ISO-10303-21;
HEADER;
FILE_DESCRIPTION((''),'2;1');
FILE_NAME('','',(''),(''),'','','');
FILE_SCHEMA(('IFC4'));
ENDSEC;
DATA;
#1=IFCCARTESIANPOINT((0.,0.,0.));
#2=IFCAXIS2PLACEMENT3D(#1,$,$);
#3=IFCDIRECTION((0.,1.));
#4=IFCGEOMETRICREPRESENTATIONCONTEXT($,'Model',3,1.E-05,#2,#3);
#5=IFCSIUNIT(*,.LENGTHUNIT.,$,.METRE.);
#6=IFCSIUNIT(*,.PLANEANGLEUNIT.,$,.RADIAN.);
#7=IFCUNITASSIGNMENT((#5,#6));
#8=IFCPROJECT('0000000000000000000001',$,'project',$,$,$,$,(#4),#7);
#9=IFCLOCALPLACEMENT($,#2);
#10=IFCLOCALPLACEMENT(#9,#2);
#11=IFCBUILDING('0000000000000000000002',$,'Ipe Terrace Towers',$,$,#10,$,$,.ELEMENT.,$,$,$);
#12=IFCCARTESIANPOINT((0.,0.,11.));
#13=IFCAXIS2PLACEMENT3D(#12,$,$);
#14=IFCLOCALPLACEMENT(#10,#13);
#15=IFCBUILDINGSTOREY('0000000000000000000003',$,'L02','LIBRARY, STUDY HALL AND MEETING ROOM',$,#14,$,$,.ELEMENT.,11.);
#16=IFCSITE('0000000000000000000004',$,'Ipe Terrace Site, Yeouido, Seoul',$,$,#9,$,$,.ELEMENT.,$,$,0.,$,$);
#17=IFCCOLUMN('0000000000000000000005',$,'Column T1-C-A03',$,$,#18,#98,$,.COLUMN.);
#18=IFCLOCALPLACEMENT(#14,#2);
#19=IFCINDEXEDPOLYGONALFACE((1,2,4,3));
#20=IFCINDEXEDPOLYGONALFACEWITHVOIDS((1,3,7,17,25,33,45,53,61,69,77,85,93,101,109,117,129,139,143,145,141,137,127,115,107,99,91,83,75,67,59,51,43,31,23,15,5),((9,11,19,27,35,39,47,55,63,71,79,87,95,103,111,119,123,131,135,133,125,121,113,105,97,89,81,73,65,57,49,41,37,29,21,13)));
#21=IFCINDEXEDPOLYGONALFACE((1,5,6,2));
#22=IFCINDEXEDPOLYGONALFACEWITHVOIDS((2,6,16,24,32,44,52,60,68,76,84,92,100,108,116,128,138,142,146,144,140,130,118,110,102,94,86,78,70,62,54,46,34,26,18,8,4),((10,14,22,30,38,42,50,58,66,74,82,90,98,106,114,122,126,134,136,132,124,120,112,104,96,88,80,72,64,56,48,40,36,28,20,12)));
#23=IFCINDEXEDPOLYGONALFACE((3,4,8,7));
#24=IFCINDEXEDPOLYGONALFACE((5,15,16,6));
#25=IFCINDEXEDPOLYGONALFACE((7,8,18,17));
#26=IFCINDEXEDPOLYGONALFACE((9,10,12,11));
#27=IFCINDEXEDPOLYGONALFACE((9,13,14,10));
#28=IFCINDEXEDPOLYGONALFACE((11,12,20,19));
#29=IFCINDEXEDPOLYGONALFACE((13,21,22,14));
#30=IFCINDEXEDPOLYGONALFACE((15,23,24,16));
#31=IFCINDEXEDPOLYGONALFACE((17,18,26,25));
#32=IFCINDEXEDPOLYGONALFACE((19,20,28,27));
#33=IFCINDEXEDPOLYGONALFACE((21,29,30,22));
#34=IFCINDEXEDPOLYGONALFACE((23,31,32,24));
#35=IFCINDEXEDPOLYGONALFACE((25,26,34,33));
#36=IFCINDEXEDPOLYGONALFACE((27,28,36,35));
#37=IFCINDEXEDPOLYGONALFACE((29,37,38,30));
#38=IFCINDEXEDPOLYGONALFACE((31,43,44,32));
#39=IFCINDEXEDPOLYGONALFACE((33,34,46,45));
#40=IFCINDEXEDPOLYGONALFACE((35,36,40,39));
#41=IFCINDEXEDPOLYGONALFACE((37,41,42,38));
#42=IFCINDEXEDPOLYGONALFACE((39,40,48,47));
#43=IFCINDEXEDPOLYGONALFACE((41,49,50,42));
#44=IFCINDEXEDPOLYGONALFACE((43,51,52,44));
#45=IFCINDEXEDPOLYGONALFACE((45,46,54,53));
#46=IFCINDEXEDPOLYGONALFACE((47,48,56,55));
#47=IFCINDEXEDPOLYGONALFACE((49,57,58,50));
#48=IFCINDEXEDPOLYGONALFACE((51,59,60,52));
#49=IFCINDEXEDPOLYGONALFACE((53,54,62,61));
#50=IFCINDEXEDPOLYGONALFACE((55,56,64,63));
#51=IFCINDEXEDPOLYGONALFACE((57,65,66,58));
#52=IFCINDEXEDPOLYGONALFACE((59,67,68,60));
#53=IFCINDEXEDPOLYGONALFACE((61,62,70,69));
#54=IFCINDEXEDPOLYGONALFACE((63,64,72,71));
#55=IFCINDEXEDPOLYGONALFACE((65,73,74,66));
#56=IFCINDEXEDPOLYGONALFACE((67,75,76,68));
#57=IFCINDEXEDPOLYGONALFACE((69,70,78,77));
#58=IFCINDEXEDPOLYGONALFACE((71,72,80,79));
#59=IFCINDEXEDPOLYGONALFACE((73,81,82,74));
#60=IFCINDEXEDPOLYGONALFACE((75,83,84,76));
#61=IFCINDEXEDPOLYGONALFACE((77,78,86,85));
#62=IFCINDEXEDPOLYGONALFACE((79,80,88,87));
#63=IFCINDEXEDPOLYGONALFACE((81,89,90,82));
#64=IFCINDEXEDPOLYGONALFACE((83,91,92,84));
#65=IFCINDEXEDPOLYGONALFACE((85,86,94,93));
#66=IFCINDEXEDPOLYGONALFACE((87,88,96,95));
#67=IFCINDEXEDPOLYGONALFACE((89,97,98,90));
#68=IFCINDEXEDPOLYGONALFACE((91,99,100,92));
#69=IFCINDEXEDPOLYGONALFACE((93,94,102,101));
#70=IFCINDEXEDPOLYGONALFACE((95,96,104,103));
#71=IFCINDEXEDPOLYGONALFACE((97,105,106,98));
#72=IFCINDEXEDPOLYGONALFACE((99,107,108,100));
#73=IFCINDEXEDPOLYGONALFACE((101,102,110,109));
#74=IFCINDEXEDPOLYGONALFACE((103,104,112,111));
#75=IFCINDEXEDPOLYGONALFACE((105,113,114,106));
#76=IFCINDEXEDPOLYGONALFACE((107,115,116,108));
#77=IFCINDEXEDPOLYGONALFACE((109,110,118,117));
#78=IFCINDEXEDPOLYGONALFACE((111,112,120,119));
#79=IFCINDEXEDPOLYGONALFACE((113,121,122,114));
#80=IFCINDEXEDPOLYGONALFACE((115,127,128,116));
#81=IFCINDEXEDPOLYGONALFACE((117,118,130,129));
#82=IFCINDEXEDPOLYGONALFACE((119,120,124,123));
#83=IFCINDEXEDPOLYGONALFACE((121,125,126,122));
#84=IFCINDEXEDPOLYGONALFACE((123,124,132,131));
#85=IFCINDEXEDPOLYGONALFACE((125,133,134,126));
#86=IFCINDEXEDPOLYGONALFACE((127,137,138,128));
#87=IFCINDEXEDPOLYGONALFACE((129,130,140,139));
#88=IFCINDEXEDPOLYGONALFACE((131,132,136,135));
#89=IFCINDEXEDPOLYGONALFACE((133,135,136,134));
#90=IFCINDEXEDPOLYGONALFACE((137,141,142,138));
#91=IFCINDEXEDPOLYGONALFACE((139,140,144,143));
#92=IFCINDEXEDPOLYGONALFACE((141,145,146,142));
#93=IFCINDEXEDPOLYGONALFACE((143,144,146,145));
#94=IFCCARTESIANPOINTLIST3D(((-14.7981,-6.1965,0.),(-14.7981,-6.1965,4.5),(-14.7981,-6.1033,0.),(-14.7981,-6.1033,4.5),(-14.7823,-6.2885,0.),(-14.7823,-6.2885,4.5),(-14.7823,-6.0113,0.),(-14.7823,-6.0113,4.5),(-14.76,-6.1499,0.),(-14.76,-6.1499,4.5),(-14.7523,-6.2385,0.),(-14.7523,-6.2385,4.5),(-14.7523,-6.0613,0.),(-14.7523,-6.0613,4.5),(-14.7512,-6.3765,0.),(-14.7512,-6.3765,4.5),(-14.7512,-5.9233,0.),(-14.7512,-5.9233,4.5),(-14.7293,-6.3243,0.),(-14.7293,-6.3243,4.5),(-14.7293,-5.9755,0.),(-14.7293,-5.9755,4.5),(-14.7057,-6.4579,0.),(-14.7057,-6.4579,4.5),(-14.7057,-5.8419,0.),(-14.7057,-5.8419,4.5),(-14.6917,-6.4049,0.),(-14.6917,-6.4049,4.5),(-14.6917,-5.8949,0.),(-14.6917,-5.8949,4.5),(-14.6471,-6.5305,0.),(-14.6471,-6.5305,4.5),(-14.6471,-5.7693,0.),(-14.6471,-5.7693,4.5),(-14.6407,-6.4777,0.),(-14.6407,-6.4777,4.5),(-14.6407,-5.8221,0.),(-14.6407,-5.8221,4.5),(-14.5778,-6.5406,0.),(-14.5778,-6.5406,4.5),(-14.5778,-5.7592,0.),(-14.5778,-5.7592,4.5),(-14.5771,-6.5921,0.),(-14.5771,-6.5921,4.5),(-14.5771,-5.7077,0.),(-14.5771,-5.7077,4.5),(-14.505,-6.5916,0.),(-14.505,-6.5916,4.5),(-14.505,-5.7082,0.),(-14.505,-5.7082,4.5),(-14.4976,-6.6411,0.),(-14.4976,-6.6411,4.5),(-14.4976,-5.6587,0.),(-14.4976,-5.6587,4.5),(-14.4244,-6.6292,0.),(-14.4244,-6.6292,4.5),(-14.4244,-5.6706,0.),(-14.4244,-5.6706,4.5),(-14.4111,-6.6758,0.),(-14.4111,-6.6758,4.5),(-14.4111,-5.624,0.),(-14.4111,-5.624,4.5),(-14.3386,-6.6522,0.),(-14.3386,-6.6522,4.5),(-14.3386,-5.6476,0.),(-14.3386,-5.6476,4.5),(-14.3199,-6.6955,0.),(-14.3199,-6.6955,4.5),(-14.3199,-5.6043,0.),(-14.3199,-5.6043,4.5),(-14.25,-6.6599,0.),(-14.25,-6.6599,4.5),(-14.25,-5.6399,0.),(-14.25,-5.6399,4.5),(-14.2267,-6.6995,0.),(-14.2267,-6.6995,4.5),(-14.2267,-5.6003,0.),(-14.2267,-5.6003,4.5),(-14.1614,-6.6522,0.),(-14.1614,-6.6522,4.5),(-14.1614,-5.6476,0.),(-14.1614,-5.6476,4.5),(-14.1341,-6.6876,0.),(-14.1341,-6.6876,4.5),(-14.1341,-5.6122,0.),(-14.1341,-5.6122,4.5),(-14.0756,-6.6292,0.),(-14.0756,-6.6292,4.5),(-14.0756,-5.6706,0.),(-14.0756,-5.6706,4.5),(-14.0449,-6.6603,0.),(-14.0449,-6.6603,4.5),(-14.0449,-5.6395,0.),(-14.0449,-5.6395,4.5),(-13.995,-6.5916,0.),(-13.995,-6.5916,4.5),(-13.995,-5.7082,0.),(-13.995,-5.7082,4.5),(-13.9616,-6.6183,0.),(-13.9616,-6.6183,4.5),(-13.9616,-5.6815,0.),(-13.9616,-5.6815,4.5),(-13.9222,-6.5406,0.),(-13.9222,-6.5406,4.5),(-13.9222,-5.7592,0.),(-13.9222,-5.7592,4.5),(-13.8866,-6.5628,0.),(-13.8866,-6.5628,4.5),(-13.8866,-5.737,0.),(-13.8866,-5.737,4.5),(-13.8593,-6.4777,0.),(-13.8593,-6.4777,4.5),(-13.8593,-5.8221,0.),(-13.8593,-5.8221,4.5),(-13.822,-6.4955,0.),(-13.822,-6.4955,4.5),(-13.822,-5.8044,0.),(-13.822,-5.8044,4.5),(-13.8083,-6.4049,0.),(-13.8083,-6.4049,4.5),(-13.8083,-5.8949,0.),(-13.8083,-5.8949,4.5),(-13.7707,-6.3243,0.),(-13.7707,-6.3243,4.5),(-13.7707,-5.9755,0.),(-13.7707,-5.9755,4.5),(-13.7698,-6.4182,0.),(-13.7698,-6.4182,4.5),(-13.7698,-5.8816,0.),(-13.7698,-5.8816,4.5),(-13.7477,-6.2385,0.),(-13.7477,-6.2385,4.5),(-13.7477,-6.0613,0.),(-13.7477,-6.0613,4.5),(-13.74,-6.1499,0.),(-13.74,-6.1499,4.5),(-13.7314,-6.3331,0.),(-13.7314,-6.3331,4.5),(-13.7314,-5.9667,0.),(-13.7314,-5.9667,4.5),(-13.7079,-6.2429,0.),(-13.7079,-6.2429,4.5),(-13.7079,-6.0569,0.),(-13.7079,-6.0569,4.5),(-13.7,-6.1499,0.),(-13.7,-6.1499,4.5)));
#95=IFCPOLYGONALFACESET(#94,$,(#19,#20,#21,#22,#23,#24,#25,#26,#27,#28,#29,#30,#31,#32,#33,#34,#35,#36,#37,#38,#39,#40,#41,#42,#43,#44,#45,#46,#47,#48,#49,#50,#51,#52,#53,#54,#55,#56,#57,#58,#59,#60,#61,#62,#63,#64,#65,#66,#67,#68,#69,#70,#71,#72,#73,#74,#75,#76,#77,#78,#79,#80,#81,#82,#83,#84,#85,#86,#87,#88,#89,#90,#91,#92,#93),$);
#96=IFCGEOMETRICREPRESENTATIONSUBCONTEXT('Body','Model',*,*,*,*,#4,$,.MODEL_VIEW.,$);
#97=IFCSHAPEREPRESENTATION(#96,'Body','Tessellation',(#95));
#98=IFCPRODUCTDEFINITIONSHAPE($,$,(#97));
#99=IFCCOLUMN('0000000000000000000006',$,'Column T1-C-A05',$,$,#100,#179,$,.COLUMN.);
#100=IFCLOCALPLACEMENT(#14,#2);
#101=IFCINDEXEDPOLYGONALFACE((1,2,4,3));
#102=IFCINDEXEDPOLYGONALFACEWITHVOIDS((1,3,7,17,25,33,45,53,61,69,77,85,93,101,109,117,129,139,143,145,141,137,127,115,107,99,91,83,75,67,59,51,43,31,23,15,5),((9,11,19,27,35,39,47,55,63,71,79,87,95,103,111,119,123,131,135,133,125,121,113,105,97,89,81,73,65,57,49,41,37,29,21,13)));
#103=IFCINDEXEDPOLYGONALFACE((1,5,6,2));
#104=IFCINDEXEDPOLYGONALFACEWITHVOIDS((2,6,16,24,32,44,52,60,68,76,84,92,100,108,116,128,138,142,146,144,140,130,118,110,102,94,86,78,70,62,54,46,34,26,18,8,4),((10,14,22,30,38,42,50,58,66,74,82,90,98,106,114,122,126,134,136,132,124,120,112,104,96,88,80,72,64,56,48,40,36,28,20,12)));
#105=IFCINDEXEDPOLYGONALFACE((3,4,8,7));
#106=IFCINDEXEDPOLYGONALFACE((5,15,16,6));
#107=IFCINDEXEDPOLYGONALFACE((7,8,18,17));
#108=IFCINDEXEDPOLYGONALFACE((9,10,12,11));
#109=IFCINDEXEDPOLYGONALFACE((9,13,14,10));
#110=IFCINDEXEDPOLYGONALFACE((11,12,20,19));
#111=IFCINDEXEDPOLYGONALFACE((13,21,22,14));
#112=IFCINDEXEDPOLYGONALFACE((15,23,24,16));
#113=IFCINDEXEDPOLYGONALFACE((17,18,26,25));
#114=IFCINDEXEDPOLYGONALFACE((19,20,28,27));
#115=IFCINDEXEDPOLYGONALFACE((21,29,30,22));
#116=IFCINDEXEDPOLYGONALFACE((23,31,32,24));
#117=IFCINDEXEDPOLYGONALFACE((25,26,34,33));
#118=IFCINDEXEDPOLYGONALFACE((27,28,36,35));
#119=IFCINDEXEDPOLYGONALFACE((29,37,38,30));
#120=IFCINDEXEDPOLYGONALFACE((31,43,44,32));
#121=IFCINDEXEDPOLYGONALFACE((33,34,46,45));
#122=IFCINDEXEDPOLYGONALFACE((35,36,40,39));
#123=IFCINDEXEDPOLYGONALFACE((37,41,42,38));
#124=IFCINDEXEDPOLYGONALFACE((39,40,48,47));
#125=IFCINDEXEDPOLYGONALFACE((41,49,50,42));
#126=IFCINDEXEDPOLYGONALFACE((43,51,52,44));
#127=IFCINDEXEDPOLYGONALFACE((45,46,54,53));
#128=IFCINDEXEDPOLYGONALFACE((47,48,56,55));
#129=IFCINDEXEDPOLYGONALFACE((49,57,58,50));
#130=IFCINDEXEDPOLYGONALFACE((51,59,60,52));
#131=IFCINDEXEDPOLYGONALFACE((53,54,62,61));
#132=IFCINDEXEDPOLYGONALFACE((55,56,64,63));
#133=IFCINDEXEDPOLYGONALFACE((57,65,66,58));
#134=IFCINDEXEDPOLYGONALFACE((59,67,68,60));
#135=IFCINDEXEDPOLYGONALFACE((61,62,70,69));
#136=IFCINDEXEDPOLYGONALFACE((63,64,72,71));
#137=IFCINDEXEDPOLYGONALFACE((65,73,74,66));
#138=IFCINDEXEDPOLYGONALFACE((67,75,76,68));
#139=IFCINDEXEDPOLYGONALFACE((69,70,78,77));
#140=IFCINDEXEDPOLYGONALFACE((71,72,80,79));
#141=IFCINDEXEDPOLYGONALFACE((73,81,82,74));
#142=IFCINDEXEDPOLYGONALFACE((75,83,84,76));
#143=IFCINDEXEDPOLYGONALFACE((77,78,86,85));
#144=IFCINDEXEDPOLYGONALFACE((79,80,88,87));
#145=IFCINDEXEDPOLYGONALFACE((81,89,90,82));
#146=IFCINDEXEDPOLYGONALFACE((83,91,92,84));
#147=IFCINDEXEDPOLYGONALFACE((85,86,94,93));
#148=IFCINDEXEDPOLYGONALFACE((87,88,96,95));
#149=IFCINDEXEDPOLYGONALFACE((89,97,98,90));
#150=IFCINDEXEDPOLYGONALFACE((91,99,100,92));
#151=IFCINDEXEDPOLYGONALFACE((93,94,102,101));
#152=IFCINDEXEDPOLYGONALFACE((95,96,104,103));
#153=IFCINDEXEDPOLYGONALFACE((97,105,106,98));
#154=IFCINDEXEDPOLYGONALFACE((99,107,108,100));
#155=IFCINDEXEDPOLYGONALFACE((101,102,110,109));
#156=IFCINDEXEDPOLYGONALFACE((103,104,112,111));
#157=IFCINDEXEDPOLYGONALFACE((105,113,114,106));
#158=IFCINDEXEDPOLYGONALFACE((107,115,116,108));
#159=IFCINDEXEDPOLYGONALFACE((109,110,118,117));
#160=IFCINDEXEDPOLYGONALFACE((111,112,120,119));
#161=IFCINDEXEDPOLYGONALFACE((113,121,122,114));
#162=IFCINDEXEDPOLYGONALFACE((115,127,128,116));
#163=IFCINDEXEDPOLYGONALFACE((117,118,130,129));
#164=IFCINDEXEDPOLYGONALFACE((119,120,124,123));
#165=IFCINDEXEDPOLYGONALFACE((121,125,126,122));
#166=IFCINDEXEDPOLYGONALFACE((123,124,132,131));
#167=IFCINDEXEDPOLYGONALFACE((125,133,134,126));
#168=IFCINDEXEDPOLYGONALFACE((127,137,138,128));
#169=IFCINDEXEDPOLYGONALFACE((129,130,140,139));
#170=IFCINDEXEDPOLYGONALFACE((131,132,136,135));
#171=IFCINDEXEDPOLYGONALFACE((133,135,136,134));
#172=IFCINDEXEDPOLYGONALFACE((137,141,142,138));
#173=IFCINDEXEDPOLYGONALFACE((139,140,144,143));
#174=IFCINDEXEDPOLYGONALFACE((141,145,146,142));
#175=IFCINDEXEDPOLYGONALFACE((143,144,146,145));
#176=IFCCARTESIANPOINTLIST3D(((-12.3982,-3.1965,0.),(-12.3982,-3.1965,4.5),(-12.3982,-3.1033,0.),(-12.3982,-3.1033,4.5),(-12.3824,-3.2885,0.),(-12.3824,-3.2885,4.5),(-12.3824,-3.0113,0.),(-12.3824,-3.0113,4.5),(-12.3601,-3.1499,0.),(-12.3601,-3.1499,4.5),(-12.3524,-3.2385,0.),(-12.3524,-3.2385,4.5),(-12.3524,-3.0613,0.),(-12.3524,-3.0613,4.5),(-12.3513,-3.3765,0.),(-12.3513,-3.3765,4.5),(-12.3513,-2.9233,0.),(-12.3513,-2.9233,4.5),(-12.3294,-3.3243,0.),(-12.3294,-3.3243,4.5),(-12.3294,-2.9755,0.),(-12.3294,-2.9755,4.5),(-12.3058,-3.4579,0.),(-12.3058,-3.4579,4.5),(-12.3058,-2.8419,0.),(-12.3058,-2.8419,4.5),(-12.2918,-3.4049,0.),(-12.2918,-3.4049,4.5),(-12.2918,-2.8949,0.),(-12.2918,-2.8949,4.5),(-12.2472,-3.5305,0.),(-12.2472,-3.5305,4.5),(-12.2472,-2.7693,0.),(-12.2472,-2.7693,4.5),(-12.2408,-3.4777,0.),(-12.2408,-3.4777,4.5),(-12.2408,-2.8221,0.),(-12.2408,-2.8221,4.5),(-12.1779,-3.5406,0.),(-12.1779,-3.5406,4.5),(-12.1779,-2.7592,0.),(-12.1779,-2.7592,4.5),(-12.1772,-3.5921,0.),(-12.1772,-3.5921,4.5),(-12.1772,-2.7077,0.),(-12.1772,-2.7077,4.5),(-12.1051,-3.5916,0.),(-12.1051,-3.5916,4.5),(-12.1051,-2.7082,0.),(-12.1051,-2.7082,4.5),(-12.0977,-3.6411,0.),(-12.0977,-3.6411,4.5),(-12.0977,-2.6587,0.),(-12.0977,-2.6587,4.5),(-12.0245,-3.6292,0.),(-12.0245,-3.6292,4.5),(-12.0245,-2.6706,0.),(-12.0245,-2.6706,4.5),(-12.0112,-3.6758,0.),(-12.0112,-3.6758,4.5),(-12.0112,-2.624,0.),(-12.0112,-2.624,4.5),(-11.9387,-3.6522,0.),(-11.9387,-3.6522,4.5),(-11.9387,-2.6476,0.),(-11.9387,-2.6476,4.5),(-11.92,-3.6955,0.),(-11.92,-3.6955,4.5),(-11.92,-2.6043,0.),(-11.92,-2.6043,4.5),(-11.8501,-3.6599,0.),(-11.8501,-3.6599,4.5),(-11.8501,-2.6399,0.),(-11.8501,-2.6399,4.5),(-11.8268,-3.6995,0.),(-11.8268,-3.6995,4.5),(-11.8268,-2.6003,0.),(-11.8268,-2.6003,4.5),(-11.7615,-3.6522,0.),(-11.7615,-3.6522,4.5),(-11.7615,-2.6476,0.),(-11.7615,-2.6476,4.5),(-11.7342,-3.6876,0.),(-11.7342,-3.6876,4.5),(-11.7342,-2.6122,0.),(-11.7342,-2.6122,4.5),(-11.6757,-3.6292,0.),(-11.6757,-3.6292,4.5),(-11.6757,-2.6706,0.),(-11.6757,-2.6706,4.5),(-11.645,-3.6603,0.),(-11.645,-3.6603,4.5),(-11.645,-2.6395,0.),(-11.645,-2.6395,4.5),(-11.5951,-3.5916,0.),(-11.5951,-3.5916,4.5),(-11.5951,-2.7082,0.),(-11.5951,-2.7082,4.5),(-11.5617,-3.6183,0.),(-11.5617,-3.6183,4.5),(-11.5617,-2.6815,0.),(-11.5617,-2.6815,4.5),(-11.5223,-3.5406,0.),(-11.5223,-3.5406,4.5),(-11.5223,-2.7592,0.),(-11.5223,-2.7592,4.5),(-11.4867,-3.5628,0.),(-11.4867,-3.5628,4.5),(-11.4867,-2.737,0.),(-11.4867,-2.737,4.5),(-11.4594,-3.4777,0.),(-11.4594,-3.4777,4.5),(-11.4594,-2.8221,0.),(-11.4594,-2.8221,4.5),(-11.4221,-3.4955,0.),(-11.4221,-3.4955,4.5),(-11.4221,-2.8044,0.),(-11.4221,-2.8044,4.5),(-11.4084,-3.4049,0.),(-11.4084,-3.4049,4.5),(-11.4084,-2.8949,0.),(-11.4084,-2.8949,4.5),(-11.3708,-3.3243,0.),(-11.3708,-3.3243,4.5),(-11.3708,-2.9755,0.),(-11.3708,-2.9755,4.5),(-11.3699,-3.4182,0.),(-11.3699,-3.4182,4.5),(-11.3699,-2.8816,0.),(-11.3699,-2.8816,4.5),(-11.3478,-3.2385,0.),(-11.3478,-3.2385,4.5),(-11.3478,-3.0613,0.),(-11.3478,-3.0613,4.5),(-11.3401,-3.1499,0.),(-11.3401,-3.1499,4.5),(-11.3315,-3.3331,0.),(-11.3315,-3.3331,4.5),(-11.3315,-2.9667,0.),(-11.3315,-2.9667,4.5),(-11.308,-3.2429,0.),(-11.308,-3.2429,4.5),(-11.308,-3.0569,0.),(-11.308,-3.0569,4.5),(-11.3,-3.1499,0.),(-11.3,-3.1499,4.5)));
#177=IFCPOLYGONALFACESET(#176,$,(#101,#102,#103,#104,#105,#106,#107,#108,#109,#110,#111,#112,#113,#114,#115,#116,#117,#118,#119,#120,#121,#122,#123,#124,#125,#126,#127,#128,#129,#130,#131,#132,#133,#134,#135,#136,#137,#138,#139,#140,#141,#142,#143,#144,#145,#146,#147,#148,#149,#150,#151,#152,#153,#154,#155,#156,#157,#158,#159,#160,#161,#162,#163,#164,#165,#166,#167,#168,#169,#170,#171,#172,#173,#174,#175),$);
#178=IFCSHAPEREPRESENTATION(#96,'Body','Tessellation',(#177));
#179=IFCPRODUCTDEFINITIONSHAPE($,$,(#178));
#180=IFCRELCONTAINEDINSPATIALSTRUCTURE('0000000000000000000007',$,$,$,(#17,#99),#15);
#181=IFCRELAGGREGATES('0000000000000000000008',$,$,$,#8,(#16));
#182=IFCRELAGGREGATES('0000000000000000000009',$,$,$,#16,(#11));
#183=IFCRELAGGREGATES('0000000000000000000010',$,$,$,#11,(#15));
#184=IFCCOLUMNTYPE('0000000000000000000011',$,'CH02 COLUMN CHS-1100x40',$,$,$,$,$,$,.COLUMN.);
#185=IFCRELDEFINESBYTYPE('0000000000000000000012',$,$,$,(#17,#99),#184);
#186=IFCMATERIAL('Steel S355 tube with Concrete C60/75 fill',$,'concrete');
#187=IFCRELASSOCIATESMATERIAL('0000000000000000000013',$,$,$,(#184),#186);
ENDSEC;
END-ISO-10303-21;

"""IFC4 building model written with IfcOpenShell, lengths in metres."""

from ifc_helpers import new_model, si_unit, direction, frame, origin, origin_2d, place, context, subcontext, project, spatial, hollow_circle, extrude, material, material_profile, profile_set, type_object, element, save


model = new_model("IFC4")

# Units and contexts
model_context = context("Model", 3, precision=1e-05, world=origin(), true_north=direction((0.0, 1.0)))
body_context = subcontext(model_context, "Body", "Model", "MODEL_VIEW")
ifc_project = project(units=[si_unit("LENGTHUNIT", "METRE"), si_unit("PLANEANGLEUNIT", "RADIAN")], contexts=[model_context])

# Site, building, storey
site_placement = place(None, origin())
site = spatial("IfcSite", under=ifc_project, at=site_placement, Name="Ipe Terrace Site, Yeouido, Seoul", CompositionType="ELEMENT", RefElevation=0.0)
building_placement = place(site_placement, origin())
building = spatial("IfcBuilding", under=site, at=building_placement, Name="Ipe Terrace Towers", CompositionType="ELEMENT")
storey_placement = place(building_placement, frame((0.0, 0.0, 11.0)))
storey = spatial("IfcBuildingStorey", under=building, at=storey_placement, Name="L02", Description="LIBRARY, STUDY HALL AND MEETING ROOM", CompositionType="ELEMENT", Elevation=11.0)

# Columns
ifc_material_1 = material(Name="Steel S355 tube with Concrete C60/75 fill", Category="concrete")
ifc_material_profile_1 = material_profile(ifc_material_1, hollow_circle(Radius=0.55, WallThickness=0.04, at=origin_2d()), Name="CHS-1100x40")
ifc_profile_set_1 = profile_set([ifc_material_profile_1], Name="Steel S355 tube with Concrete C60/75 fill")
column_type_1 = type_object("IfcColumnType", Name="CH02 COLUMN CHS-1100x40", PredefinedType="COLUMN", material=ifc_profile_set_1)
for number, where, z_axis, x_axis, name in (
    (1, (-14.25, -6.1499, 0.0), (0.0, 0.0, 1.0), (1.0, 0.0, 0.0), "Column T1-C-A03"),
    (2, (-11.8501, -3.1499, 0.0), (0.0, 0.0, 1.0), (1.0, 0.0, 0.0), "Column T1-C-A05"),
):
    element("IfcColumn", number, at=place(storey_placement, frame(where, z_axis=z_axis, x_axis=x_axis)), inside=storey, type_object=column_type_1, Name=name, PredefinedType="COLUMN", context=body_context, shape_type="SweptSolid", body=[
        extrude(hollow_circle(Radius=0.55, WallThickness=0.04, at=origin_2d()), origin(), (0.0, 0.0, 1.0), 4.5),
    ])

save(model, "model.ifc")
